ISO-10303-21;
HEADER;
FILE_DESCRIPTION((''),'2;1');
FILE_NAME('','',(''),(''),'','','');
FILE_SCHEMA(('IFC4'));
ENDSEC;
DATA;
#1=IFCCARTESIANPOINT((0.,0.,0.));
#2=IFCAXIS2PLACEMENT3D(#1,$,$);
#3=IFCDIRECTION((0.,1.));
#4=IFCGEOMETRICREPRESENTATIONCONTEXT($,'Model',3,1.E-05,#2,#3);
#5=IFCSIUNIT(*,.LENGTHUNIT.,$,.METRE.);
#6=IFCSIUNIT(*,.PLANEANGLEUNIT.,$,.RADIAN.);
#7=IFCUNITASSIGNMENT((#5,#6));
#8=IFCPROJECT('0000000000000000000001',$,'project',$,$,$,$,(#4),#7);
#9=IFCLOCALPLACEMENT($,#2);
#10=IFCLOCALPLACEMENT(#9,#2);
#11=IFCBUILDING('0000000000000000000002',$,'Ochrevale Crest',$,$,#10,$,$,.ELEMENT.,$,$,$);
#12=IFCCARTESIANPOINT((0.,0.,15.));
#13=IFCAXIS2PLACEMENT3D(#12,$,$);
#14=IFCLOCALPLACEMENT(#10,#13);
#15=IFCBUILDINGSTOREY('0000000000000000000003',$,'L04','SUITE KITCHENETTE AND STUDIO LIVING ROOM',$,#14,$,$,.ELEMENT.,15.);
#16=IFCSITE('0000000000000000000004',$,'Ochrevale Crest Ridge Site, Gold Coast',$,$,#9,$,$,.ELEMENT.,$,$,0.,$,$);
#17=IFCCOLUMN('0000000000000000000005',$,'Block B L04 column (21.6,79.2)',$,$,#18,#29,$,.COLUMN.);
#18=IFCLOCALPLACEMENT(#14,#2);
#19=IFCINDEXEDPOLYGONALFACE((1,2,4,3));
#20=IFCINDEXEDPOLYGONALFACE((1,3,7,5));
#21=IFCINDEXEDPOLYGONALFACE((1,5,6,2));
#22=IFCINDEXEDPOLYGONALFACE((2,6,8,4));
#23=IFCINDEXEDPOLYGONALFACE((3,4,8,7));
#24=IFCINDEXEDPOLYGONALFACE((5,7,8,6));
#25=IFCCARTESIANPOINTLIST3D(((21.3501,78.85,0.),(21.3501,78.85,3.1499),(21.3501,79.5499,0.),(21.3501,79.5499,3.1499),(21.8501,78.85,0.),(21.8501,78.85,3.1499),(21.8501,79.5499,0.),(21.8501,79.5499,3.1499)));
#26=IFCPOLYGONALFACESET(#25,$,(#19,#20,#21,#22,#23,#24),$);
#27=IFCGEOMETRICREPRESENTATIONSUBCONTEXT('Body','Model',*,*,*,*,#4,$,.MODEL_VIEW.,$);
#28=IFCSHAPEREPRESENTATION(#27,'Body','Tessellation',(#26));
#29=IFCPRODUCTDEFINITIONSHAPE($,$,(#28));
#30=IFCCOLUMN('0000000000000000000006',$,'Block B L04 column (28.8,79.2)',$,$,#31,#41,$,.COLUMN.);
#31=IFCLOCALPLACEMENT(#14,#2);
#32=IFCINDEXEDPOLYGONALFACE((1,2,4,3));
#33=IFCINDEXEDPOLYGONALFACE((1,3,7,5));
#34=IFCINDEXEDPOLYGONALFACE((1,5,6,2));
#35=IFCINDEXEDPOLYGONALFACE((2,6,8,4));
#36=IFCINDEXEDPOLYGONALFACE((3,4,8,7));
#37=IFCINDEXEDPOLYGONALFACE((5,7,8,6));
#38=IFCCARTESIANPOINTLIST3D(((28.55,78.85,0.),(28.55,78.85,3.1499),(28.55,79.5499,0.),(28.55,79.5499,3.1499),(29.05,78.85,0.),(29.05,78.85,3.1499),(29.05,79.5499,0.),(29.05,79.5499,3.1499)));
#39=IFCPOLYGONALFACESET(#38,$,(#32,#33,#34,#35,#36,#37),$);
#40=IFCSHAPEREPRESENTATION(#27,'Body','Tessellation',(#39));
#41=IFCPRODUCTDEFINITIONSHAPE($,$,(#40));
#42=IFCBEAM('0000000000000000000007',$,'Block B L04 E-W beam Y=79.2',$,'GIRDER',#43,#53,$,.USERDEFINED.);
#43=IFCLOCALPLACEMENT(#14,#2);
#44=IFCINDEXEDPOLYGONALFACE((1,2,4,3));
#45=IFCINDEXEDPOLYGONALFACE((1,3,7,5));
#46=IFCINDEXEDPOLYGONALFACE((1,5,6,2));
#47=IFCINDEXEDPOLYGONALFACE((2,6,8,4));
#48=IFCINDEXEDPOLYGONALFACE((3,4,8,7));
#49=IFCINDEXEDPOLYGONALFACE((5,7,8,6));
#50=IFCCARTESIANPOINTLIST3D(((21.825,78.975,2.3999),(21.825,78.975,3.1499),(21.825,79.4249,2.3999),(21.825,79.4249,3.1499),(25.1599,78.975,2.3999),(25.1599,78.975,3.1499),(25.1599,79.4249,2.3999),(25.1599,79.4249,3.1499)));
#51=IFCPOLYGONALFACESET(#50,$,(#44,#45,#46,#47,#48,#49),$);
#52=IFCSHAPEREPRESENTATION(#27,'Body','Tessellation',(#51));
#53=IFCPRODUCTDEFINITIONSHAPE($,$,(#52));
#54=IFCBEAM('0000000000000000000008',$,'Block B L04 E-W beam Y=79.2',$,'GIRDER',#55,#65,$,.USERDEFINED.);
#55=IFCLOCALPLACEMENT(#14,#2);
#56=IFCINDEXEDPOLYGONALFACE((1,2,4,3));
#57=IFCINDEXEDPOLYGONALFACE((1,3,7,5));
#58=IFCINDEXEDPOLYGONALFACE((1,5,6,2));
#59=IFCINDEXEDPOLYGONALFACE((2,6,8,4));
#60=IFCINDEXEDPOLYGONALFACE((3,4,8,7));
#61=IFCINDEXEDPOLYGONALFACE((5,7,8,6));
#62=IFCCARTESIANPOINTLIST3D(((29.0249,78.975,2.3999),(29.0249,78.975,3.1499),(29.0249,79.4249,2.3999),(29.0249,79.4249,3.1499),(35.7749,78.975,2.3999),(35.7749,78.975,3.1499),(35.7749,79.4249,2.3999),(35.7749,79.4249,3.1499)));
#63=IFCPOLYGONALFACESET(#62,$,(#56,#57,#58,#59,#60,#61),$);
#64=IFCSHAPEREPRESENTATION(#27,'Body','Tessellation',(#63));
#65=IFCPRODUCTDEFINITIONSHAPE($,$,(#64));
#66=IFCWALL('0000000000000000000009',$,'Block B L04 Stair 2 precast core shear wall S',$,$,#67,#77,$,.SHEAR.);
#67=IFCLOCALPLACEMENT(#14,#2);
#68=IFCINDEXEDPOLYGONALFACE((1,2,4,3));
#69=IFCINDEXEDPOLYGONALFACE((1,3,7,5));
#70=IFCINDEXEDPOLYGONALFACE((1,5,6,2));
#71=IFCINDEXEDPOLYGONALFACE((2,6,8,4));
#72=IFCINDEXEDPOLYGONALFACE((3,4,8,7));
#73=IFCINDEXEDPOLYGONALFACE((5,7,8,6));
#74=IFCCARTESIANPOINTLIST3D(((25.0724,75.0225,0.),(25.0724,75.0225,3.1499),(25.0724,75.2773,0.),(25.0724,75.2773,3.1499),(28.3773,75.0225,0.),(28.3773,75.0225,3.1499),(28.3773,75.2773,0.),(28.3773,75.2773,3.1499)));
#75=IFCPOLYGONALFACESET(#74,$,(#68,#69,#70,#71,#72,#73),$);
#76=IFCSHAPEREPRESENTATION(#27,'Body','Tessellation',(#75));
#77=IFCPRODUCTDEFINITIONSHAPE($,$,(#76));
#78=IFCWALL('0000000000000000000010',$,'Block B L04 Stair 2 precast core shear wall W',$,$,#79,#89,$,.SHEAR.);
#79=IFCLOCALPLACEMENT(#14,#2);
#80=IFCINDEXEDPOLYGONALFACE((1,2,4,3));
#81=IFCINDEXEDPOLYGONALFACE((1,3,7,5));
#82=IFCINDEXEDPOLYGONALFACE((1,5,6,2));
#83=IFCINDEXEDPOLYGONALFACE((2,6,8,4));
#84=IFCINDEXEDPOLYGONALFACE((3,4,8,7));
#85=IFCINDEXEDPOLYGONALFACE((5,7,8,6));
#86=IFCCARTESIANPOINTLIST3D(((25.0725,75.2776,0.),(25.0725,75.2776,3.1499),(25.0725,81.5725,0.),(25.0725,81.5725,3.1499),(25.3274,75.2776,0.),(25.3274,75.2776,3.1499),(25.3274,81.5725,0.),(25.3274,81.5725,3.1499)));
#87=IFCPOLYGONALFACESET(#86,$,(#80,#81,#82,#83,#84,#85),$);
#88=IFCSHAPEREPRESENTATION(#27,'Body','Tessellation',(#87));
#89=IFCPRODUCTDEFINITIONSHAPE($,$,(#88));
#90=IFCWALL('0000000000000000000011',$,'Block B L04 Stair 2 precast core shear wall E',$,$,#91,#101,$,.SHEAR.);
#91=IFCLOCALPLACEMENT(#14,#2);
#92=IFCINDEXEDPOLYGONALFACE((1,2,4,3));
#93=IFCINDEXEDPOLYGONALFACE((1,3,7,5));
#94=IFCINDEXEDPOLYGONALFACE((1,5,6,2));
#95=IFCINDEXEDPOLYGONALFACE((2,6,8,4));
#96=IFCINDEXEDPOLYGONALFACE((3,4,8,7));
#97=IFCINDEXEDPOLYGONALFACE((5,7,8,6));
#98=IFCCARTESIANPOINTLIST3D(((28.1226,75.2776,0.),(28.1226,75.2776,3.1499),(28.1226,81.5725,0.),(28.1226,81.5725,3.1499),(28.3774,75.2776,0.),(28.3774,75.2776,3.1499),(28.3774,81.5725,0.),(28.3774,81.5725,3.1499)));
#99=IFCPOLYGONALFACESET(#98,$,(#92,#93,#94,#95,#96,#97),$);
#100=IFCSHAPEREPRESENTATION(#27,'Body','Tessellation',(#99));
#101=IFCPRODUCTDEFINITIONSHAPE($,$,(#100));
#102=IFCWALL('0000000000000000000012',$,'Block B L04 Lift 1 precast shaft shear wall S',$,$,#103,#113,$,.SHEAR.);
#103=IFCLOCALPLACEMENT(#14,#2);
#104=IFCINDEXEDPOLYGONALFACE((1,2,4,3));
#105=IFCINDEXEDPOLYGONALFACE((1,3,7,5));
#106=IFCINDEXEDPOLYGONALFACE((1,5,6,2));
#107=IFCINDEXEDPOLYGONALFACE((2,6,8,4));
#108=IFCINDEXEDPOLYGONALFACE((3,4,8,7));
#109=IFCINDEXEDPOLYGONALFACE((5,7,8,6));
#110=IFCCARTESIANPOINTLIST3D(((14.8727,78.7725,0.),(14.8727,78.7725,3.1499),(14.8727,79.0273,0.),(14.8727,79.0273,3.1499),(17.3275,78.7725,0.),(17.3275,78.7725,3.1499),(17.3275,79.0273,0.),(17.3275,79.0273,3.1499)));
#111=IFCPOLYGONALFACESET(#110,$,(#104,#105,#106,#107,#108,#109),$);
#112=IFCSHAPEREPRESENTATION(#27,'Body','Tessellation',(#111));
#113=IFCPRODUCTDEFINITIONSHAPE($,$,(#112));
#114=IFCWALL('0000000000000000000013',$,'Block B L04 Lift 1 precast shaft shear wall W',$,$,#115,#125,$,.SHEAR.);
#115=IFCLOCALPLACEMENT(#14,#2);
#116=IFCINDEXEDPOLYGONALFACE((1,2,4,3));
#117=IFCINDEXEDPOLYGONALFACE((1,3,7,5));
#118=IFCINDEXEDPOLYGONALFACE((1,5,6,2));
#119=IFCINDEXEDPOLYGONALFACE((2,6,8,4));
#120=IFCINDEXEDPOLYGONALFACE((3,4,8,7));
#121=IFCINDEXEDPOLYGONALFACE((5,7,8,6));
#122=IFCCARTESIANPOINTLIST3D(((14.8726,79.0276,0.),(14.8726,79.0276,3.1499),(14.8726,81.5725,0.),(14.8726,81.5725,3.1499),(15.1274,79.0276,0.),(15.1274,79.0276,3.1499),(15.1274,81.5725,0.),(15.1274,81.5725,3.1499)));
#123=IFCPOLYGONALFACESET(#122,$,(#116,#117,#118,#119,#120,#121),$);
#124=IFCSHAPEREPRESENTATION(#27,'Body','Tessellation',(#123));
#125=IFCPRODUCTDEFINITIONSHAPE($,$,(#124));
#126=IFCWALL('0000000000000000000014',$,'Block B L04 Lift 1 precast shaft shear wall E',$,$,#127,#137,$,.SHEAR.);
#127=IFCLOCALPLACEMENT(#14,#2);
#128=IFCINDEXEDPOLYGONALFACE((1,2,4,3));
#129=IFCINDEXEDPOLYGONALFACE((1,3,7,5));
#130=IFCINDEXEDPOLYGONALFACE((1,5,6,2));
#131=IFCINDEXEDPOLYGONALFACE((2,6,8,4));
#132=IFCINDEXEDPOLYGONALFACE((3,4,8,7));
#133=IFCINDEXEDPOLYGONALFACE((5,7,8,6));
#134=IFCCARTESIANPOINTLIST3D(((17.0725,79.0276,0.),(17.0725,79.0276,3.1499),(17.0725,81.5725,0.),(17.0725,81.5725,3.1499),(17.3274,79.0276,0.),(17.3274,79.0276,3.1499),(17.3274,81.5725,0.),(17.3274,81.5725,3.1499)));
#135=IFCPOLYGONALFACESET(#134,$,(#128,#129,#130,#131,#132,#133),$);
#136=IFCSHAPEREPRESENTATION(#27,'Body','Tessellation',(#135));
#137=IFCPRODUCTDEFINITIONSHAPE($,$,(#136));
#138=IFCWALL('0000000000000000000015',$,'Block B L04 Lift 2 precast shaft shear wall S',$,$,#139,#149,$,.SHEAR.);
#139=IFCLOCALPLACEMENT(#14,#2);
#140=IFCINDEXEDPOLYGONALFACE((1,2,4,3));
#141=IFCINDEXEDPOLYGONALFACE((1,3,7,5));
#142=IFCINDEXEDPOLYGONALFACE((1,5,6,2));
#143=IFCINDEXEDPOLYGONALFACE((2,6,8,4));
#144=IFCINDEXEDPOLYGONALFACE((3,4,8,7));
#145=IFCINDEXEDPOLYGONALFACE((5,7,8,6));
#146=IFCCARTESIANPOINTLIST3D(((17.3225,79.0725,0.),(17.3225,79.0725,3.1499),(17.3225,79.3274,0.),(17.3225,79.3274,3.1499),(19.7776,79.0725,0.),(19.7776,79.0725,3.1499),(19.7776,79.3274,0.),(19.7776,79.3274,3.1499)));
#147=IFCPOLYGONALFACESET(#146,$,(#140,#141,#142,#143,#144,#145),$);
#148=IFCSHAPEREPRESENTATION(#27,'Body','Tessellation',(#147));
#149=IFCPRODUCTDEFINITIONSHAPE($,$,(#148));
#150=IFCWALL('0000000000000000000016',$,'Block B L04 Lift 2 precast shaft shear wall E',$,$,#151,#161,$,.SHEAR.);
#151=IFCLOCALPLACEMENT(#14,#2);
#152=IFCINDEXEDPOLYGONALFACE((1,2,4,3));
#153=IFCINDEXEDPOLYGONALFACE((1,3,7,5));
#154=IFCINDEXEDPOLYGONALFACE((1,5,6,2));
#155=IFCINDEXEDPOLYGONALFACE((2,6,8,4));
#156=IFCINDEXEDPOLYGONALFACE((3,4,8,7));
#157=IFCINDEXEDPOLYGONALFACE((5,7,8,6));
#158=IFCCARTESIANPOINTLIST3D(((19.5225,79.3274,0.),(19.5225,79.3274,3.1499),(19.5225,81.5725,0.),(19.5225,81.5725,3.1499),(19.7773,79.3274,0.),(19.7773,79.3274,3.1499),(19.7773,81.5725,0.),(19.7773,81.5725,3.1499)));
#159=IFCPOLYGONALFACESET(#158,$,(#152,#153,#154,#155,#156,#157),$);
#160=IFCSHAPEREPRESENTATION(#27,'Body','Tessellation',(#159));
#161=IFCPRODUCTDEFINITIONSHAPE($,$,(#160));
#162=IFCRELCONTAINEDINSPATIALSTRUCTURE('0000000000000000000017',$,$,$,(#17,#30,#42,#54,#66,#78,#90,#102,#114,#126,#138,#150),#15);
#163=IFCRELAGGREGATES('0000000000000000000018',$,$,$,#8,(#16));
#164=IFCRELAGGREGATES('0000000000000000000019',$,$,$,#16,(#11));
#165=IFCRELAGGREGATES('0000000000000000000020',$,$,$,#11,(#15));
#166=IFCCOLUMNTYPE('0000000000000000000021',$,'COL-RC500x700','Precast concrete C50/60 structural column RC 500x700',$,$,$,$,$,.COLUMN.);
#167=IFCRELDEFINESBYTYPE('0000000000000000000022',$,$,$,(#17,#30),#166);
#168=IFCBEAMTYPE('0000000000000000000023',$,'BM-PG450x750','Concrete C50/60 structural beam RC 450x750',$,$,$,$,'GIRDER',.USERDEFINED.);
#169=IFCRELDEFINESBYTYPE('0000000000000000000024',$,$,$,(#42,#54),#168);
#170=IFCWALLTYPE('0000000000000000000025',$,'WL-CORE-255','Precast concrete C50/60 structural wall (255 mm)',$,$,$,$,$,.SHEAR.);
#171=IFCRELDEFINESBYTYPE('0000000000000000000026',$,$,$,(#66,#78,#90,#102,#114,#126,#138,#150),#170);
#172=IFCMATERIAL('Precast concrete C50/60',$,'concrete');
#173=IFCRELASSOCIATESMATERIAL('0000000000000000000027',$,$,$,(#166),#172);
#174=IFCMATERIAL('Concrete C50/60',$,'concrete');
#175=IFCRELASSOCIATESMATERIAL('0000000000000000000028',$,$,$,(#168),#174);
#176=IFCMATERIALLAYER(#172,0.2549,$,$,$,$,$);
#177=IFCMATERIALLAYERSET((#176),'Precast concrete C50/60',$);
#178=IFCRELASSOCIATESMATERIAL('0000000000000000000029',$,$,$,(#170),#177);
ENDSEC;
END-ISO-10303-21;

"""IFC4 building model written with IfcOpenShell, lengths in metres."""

from ifc_helpers import new_model, si_unit, direction, frame, frame_2d, origin, origin_2d, place, context, subcontext, project, spatial, rectangle, extrude, material, layer, layer_set, material_profile, profile_set, type_object, element, save


model = new_model("IFC4")

# Units and contexts
model_context = context("Model", 3, precision=1e-05, world=origin(), true_north=direction((0.0, 1.0)))
body_context = subcontext(model_context, "Body", "Model", "MODEL_VIEW")
ifc_project = project(units=[si_unit("LENGTHUNIT", "METRE"), si_unit("PLANEANGLEUNIT", "RADIAN")], contexts=[model_context])

# Site, building, storey
site_placement = place(None, origin())
site = spatial("IfcSite", under=ifc_project, at=site_placement, Name="Ochrevale Crest Ridge Site, Gold Coast", CompositionType="ELEMENT", RefElevation=0.0)
building_placement = place(site_placement, origin())
building = spatial("IfcBuilding", under=site, at=building_placement, Name="Ochrevale Crest", CompositionType="ELEMENT")
storey_placement = place(building_placement, frame((0.0, 0.0, 15.0)))
storey = spatial("IfcBuildingStorey", under=building, at=storey_placement, Name="L04", Description="SUITE KITCHENETTE AND STUDIO LIVING ROOM", CompositionType="ELEMENT", Elevation=15.0)

# Columns
ifc_material_1 = material(Name="Precast concrete C50/60", Category="concrete")
ifc_material_profile_1 = material_profile(ifc_material_1, rectangle(XDim=0.5, YDim=0.7, at=origin_2d()), Name="RC 500x700")
ifc_profile_set_1 = profile_set([ifc_material_profile_1], Name="Precast concrete C50/60")
column_type = type_object("IfcColumnType", Name="COL-RC500x700", Description="Precast concrete C50/60 structural column RC 500x700", PredefinedType="COLUMN", material=ifc_profile_set_1)
for number, where, z_axis, x_axis, name in (
    (1, (21.6001, 79.2, 0.0), (0.0, 0.0, 1.0), (1.0, 0.0, 0.0), "Block B L04 column (21.6,79.2)"),
    (2, (28.8, 79.2, 0.0), (0.0, 0.0, 1.0), (1.0, 0.0, 0.0), "Block B L04 column (28.8,79.2)"),
):
    element("IfcColumn", number, at=place(storey_placement, frame(where, z_axis=z_axis, x_axis=x_axis)), inside=storey, type_object=column_type, Name=name, PredefinedType="COLUMN", context=body_context, shape_type="SweptSolid", body=[
        extrude(rectangle(XDim=0.5, YDim=0.7, at=origin_2d()), origin(), (0.0, 0.0, 1.0), 3.1499),
    ])

# Beams
ifc_material_2 = material(Name="Concrete C50/60", Category="concrete")
ifc_material_profile_2 = material_profile(ifc_material_2, rectangle(XDim=0.45, YDim=0.75, at=origin_2d()), Name="RC 450x750")
ifc_profile_set_2 = profile_set([ifc_material_profile_2], Name="Concrete C50/60")
beam_type = type_object("IfcBeamType", Name="BM-PG450x750", Description="Concrete C50/60 structural beam RC 450x750", ElementType="GIRDER", PredefinedType="USERDEFINED", material=ifc_profile_set_2)
beam_1_placement = place(storey_placement, frame((21.825, 79.2, 2.7749), z_axis=(1.0, 0.0, 0.0), x_axis=(0.0, 1.0, 0.0)))
element("IfcBeam", 3, at=beam_1_placement, inside=storey, type_object=beam_type, Name="Block B L04 E-W beam Y=79.2", ObjectType="GIRDER", PredefinedType="USERDEFINED", context=body_context, shape_type="SweptSolid", body=[
    extrude(rectangle(XDim=0.45, YDim=0.75, at=origin_2d()), origin(), (0.0, 0.0, 1.0), 3.335),
])
beam_2_placement = place(storey_placement, frame((29.0249, 79.2, 2.7749), z_axis=(1.0, 0.0, 0.0), x_axis=(0.0, 1.0, 0.0)))
element("IfcBeam", 4, at=beam_2_placement, inside=storey, type_object=beam_type, Name="Block B L04 E-W beam Y=79.2", ObjectType="GIRDER", PredefinedType="USERDEFINED", context=body_context, shape_type="SweptSolid", body=[
    extrude(rectangle(XDim=0.45, YDim=0.75, at=origin_2d()), origin(), (0.0, 0.0, 1.0), 6.75),
])

# Walls
ifc_layer_1 = layer(ifc_material_1, 0.2549)
ifc_layer_set_1 = layer_set([ifc_layer_1], Name="Precast concrete C50/60")
wall_type_1 = type_object("IfcWallType", Name="WL-CORE-255", Description="Precast concrete C50/60 structural wall (255 mm)", PredefinedType="SHEAR", material=ifc_layer_set_1)
wall_1_placement = place(storey_placement, frame((25.0725, 75.1499, 0.0), z_axis=(0.0, 0.0, 1.0), x_axis=(1.0, 0.0, 0.0)))
element("IfcWall", 5, at=wall_1_placement, inside=storey, type_object=wall_type_1, Name="Block B L04 Stair 2 precast core shear wall S", PredefinedType="SHEAR", context=body_context, shape_type="SweptSolid", body=[
    extrude(rectangle(XDim=3.3049, YDim=0.2549, at=frame_2d((1.6523, 0.0))), origin(), (0.0, 0.0, 1.0), 3.1499),
])
for number, where, z_axis, x_axis, name in (
    (6, (25.2, 75.2776, 0.0), (0.0, 0.0, 1.0), (0.0, 1.0, 0.0), "Block B L04 Stair 2 precast core shear wall W"),
    (7, (28.25, 75.2776, 0.0), (0.0, 0.0, 1.0), (0.0, 1.0, 0.0), "Block B L04 Stair 2 precast core shear wall E"),
):
    element("IfcWall", number, at=place(storey_placement, frame(where, z_axis=z_axis, x_axis=x_axis)), inside=storey, type_object=wall_type_1, Name=name, PredefinedType="SHEAR", context=body_context, shape_type="SweptSolid", body=[
        extrude(rectangle(XDim=6.2949, YDim=0.2549, at=frame_2d((3.1475, 0.0))), origin(), (0.0, 0.0, 1.0), 3.1499),
    ])
wall_2_placement = place(storey_placement, frame((14.8726, 78.8999, 0.0), z_axis=(0.0, 0.0, 1.0), x_axis=(1.0, 0.0, 0.0)))
element("IfcWall", 8, at=wall_2_placement, inside=storey, type_object=wall_type_1, Name="Block B L04 Lift 1 precast shaft shear wall S", PredefinedType="SHEAR", context=body_context, shape_type="SweptSolid", body=[
    extrude(rectangle(XDim=2.4548, YDim=0.2549, at=frame_2d((1.2275, 0.0))), origin(), (0.0, 0.0, 1.0), 3.1499),
])
for number, where, z_axis, x_axis, name in (
    (9, (15.0, 79.0276, 0.0), (0.0, 0.0, 1.0), (0.0, 1.0, 0.0), "Block B L04 Lift 1 precast shaft shear wall W"),
    (10, (17.2, 79.0276, 0.0), (0.0, 0.0, 1.0), (0.0, 1.0, 0.0), "Block B L04 Lift 1 precast shaft shear wall E"),
):
    element("IfcWall", number, at=place(storey_placement, frame(where, z_axis=z_axis, x_axis=x_axis)), inside=storey, type_object=wall_type_1, Name=name, PredefinedType="SHEAR", context=body_context, shape_type="SweptSolid", body=[
        extrude(rectangle(XDim=2.5449, YDim=0.2549, at=frame_2d((1.2725, 0.0))), origin(), (0.0, 0.0, 1.0), 3.1499),
    ])
wall_3_placement = place(storey_placement, frame((17.3225, 79.2, 0.0), z_axis=(0.0, 0.0, 1.0), x_axis=(1.0, 0.0, 0.0)))
element("IfcWall", 11, at=wall_3_placement, inside=storey, type_object=wall_type_1, Name="Block B L04 Lift 2 precast shaft shear wall S", PredefinedType="SHEAR", context=body_context, shape_type="SweptSolid", body=[
    extrude(rectangle(XDim=2.4551, YDim=0.2549, at=frame_2d((1.2275, 0.0))), origin(), (0.0, 0.0, 1.0), 3.1499),
])
wall_4_placement = place(storey_placement, frame((19.6499, 79.3274, 0.0), z_axis=(0.0, 0.0, 1.0), x_axis=(0.0, 1.0, 0.0)))
element("IfcWall", 12, at=wall_4_placement, inside=storey, type_object=wall_type_1, Name="Block B L04 Lift 2 precast shaft shear wall E", PredefinedType="SHEAR", context=body_context, shape_type="SweptSolid", body=[
    extrude(rectangle(XDim=2.2451, YDim=0.2549, at=frame_2d((1.1226, 0.0))), origin(), (0.0, 0.0, 1.0), 3.1499),
])

save(model, "model.ifc")
